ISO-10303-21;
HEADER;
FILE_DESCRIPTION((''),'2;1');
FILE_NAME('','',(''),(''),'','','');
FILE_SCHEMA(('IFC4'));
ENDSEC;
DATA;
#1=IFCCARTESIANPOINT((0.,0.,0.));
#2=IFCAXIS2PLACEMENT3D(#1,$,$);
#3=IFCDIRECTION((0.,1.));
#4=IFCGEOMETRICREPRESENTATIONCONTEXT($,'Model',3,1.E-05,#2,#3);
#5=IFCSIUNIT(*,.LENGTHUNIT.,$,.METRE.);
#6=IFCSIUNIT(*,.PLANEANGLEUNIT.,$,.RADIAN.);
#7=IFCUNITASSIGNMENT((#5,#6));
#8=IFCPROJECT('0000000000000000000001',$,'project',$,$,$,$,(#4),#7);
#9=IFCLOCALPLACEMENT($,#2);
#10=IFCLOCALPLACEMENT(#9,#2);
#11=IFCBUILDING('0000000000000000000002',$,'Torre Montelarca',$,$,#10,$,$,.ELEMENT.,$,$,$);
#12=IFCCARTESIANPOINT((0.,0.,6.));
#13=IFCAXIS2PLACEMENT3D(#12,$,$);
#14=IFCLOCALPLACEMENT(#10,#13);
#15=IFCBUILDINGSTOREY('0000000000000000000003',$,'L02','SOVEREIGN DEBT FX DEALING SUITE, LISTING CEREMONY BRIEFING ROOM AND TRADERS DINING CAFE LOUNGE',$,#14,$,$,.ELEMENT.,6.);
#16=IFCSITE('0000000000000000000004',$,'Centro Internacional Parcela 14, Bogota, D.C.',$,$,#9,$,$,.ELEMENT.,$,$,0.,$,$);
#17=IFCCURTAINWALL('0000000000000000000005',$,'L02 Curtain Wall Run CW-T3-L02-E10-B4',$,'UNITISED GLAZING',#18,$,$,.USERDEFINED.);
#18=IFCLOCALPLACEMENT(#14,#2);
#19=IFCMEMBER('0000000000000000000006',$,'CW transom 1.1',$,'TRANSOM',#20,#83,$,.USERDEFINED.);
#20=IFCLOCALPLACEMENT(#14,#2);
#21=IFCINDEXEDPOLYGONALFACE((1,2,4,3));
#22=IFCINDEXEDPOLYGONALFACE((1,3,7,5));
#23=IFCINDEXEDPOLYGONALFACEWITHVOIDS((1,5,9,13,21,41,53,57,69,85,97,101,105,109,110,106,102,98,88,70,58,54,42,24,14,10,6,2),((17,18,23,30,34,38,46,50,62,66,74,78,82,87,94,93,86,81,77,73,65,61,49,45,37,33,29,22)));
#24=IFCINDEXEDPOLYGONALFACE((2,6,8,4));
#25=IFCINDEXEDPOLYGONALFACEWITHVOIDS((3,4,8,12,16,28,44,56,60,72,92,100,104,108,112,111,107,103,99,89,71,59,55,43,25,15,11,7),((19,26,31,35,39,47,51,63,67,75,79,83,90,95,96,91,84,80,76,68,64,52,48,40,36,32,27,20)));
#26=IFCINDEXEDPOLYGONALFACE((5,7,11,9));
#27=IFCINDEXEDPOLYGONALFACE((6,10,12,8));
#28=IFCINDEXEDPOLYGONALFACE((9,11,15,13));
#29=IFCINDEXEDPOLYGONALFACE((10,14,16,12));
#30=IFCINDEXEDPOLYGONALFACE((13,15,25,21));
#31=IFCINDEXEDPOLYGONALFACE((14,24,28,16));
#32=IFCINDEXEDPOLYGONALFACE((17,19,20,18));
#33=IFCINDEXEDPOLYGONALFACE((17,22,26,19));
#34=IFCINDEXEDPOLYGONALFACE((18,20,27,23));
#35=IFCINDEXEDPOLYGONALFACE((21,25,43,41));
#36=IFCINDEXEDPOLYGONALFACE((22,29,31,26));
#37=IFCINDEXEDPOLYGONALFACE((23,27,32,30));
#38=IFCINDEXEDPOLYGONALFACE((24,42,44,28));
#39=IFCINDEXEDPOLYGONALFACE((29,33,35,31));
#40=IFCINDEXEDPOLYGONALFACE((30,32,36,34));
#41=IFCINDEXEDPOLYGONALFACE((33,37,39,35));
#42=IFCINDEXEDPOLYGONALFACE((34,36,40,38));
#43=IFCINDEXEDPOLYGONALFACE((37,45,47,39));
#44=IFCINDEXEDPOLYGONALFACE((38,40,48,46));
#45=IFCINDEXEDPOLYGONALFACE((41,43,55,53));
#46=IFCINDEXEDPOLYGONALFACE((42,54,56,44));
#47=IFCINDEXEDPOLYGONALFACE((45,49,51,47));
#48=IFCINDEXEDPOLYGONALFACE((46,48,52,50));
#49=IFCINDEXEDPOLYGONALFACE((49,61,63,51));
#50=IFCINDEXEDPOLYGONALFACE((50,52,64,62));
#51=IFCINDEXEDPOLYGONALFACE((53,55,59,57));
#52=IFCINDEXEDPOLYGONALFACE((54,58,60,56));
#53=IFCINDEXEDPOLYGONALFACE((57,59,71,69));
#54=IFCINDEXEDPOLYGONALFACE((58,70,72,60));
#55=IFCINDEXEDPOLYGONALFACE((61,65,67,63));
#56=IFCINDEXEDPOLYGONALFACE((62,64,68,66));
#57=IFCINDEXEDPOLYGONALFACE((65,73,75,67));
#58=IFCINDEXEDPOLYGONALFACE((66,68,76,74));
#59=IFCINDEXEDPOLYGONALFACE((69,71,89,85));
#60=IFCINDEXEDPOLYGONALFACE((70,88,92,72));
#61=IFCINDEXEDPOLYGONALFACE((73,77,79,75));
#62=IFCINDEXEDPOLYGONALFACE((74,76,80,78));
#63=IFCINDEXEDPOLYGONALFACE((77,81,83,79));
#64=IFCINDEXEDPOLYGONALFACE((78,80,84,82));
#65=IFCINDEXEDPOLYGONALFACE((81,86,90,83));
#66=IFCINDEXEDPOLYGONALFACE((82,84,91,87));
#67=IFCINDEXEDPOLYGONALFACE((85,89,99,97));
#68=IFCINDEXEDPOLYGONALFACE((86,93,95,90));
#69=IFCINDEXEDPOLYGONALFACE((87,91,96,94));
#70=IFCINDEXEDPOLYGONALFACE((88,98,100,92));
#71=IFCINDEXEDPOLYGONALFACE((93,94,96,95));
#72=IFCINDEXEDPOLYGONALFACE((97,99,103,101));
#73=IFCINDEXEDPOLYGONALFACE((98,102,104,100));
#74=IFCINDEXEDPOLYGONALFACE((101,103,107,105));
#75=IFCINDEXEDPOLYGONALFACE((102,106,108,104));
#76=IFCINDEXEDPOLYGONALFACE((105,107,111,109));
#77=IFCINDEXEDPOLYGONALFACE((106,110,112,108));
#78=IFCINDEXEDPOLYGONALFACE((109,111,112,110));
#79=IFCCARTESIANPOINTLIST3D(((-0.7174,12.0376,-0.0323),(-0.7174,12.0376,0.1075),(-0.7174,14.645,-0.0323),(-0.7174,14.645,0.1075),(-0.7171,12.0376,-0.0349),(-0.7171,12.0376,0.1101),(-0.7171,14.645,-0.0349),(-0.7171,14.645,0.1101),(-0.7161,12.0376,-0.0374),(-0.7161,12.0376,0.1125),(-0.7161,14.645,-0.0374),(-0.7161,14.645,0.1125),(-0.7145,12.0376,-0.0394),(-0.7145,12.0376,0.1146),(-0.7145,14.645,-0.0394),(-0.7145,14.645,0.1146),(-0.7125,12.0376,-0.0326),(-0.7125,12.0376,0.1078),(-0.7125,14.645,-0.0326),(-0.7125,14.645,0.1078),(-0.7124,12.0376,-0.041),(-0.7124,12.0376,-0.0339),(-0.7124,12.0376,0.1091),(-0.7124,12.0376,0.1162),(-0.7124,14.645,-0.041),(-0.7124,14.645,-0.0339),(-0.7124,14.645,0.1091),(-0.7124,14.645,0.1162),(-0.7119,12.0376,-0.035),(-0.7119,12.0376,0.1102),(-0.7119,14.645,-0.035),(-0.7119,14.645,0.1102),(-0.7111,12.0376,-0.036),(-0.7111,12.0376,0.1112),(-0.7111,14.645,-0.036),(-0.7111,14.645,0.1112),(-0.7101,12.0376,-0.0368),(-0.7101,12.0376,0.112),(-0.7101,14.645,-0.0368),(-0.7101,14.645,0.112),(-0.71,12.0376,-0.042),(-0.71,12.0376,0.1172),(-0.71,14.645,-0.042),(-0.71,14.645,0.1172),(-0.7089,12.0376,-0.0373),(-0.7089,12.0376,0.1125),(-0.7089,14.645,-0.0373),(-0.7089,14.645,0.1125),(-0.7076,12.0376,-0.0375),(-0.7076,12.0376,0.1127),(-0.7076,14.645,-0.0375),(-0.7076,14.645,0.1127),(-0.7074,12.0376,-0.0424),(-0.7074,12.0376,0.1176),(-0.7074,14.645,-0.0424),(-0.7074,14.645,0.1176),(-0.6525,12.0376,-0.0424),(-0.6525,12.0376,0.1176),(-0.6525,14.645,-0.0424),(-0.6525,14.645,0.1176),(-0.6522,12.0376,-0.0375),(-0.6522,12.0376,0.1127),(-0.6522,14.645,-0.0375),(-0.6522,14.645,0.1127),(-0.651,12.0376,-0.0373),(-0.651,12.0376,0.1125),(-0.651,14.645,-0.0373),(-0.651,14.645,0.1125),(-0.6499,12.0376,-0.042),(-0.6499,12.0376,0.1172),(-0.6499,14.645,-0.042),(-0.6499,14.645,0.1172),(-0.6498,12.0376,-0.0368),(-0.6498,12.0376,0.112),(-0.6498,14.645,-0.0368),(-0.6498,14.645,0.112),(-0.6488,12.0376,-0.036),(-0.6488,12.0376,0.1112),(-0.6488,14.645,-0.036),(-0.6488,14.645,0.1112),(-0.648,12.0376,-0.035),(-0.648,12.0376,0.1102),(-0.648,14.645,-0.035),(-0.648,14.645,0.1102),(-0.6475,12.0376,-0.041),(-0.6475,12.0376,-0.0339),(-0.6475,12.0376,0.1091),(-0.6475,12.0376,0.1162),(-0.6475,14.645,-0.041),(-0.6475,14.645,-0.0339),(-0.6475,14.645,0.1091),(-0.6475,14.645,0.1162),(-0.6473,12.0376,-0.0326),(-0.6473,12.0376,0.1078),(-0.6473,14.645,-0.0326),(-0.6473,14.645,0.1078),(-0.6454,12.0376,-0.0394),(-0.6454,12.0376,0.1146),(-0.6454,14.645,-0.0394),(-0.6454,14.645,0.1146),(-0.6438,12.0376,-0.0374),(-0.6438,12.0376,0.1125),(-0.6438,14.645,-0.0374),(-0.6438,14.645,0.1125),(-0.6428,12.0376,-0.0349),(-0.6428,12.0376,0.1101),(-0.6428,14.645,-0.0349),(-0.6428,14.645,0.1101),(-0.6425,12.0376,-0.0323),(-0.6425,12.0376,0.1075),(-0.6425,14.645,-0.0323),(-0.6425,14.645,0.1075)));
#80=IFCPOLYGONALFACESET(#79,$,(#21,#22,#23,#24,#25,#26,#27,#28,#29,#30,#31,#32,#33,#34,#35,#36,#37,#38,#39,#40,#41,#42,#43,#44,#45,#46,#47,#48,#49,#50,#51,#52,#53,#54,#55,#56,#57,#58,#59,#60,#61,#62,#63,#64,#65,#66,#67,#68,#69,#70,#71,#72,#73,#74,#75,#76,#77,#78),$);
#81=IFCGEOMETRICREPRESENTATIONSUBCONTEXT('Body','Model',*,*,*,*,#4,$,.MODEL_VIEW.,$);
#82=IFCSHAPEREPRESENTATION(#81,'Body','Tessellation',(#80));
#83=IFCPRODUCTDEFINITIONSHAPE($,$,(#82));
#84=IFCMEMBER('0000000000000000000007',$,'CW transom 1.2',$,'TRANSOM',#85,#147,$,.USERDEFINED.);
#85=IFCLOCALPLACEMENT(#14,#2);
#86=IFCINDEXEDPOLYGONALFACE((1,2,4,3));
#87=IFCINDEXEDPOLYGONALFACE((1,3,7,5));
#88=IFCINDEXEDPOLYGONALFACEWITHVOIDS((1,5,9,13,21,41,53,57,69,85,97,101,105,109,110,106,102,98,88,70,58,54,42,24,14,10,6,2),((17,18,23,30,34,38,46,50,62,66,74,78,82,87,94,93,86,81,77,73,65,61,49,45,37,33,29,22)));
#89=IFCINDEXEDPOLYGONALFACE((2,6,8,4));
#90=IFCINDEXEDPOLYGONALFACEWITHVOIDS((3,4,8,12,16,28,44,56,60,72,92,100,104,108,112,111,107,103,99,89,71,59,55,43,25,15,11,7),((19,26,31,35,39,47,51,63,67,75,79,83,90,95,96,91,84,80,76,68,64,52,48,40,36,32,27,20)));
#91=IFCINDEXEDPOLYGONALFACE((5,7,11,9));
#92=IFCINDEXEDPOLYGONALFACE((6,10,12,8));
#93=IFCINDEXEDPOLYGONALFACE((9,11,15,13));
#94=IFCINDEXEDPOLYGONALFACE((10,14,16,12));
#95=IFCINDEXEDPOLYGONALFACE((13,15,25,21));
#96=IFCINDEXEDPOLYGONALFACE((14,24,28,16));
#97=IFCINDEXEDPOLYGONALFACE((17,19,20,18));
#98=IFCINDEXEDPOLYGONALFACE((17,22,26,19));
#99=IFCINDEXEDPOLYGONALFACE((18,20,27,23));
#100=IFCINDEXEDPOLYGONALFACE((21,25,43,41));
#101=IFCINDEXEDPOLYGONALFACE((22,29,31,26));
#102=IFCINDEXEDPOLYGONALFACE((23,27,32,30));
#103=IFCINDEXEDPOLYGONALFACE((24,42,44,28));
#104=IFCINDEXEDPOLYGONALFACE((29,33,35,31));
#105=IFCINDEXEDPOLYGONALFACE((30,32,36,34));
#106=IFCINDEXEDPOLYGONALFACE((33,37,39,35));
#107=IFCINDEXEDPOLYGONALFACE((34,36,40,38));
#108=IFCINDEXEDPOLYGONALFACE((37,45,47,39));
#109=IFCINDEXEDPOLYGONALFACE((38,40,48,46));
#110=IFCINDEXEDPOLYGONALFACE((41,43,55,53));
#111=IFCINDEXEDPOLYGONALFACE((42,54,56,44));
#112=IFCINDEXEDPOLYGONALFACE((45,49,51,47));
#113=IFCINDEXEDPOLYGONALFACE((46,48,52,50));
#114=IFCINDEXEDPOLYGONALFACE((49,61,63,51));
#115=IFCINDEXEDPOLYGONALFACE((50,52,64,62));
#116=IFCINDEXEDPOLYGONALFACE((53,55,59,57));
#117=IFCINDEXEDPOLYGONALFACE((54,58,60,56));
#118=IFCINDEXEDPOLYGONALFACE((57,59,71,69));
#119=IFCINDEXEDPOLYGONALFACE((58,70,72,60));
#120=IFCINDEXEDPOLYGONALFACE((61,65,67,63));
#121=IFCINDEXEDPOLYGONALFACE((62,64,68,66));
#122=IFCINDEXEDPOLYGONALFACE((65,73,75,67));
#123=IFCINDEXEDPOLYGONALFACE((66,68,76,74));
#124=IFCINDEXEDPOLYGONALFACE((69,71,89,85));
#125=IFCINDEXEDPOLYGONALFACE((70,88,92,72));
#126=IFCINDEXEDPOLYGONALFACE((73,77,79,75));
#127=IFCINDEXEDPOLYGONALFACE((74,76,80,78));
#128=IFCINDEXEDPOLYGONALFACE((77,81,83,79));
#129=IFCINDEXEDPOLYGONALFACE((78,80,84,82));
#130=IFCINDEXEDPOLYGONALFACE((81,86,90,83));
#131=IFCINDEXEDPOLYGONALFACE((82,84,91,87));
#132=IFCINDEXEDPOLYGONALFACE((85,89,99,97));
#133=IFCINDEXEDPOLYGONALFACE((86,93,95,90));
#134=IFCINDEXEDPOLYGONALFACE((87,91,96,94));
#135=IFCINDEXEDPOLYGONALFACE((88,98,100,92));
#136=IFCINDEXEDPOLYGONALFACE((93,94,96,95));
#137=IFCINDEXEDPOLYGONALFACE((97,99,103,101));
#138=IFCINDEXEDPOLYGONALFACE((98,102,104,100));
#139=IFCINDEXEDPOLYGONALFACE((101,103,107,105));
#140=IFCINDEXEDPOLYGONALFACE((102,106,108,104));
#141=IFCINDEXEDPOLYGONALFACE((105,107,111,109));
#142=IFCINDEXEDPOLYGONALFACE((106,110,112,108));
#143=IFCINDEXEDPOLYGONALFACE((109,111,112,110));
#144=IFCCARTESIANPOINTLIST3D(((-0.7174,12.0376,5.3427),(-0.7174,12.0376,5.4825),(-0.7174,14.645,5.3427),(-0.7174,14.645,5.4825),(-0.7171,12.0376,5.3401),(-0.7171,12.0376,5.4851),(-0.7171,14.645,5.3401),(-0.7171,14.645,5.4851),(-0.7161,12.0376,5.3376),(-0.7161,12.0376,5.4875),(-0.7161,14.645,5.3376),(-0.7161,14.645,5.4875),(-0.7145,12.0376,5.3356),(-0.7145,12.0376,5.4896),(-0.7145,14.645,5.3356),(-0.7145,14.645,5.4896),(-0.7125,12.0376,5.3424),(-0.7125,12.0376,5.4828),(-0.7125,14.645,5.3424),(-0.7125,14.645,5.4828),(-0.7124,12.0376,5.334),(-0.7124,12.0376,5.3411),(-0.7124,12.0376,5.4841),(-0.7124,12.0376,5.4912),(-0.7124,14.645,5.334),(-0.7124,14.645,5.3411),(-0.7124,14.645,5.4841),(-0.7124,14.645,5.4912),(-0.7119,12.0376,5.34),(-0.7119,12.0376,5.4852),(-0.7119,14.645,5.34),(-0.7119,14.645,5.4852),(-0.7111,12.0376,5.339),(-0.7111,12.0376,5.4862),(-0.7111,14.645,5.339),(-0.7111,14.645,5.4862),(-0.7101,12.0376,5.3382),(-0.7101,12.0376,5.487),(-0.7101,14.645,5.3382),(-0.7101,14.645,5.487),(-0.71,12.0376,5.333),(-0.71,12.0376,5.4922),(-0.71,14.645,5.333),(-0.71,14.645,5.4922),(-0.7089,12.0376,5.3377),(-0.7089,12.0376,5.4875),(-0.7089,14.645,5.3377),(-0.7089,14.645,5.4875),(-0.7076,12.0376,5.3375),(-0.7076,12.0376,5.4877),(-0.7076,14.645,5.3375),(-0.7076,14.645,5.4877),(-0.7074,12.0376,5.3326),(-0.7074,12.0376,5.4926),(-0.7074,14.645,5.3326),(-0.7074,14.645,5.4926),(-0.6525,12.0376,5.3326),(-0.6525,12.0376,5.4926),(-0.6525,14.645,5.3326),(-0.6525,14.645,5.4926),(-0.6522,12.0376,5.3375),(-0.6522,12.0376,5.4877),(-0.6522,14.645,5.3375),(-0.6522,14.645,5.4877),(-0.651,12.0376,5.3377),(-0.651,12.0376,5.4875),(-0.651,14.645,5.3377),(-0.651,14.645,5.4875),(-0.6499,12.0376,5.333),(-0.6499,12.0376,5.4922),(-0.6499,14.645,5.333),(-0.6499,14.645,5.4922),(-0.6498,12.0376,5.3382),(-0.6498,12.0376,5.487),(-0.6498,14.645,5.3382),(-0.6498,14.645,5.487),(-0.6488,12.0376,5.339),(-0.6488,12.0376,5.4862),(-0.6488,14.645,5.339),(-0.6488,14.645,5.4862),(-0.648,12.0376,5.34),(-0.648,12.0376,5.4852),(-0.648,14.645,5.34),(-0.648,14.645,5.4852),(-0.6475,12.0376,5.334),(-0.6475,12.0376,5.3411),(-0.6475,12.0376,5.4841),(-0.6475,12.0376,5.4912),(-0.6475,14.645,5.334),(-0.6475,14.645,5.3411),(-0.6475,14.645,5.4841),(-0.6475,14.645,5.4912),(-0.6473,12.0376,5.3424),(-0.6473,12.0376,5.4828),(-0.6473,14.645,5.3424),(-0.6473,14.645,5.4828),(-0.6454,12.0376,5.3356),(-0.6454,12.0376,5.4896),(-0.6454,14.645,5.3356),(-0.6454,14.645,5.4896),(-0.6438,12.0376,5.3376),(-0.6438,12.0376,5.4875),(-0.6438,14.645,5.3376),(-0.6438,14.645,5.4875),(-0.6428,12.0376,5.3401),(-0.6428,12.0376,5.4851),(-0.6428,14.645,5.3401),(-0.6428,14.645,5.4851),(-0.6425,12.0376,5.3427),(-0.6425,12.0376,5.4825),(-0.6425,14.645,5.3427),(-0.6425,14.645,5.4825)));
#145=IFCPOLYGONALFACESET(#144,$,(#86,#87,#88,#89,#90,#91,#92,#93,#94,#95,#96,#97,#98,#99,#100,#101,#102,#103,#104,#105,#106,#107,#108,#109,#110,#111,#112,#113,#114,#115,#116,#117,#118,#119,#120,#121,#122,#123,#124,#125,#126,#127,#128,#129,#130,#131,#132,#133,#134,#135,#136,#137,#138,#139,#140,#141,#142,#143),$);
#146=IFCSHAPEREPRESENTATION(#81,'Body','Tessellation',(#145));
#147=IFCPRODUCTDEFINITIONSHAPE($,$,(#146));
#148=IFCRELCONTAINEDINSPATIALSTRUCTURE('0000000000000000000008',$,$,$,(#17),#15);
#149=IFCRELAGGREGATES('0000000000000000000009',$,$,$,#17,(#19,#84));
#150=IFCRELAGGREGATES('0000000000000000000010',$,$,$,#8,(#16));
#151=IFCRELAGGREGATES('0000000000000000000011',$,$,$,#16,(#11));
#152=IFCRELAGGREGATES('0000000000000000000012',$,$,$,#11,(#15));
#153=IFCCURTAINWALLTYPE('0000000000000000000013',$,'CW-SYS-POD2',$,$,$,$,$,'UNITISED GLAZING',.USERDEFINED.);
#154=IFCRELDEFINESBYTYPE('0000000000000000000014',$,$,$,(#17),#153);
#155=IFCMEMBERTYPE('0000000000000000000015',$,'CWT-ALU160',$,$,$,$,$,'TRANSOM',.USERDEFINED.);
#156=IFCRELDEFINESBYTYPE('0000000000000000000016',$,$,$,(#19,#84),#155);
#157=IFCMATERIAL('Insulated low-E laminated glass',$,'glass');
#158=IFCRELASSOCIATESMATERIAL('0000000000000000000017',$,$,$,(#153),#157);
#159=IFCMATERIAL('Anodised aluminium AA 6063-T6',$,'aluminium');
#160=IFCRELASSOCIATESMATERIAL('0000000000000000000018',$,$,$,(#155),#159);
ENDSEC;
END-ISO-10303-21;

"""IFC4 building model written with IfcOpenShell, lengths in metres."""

from ifc_helpers import new_model, si_unit, direction, frame, origin, origin_2d, place, context, subcontext, project, spatial, hollow_rectangle, extrude, source, transform, mapped, material, material_profile, profile_set, type_object, element, aggregate, save


model = new_model("IFC4")

# Units and contexts
model_context = context("Model", 3, precision=1e-05, world=origin(), true_north=direction((0.0, 1.0)))
body_context = subcontext(model_context, "Body", "Model", "MODEL_VIEW")
ifc_project = project(units=[si_unit("LENGTHUNIT", "METRE"), si_unit("PLANEANGLEUNIT", "RADIAN")], contexts=[model_context])

# Site, building, storey
site_placement = place(None, origin())
site = spatial("IfcSite", under=ifc_project, at=site_placement, Name="Centro Internacional Parcela 14, Bogota, D.C.", CompositionType="ELEMENT", RefElevation=0.0)
building_placement = place(site_placement, origin())
building = spatial("IfcBuilding", under=site, at=building_placement, Name="Torre Montelarca", CompositionType="ELEMENT")
storey_placement = place(building_placement, frame((0.0, 0.0, 6.0)))
storey = spatial("IfcBuildingStorey", under=building, at=storey_placement, Name="L02", Description="SOVEREIGN DEBT FX DEALING SUITE, LISTING CEREMONY BRIEFING ROOM AND TRADERS DINING CAFE LOUNGE", CompositionType="ELEMENT", Elevation=6.0)

# Curtain wall, members
ifc_material_1 = material(Name="Insulated low-E laminated glass", Category="glass")
curtain_wall_type = type_object("IfcCurtainWallType", Name="CW-SYS-POD2", ElementType="UNITISED GLAZING", PredefinedType="USERDEFINED", material=ifc_material_1)
curtain_wall_placement = place(storey_placement, origin())
curtain_wall = element("IfcCurtainWall", 1, at=curtain_wall_placement, inside=storey, type_object=curtain_wall_type, Name="L02 Curtain Wall Run CW-T3-L02-E10-B4", ObjectType="UNITISED GLAZING", PredefinedType="USERDEFINED")
ifc_material_2 = material(Name="Anodised aluminium AA 6063-T6", Category="aluminium")
ifc_material_profile_1 = material_profile(ifc_material_2, hollow_rectangle(XDim=0.075, YDim=0.1599, WallThickness=0.0049, InnerFilletRadius=0.0049, OuterFilletRadius=0.01, at=origin_2d()), Name="ALU75X160X5", Category="aluminium")
ifc_profile_set_1 = profile_set([ifc_material_profile_1], Name="Anodised aluminium AA 6063-T6")
member_type_1 = type_object("IfcMemberType", Name="CWT-ALU160", ElementType="TRANSOM", PredefinedType="USERDEFINED", material=ifc_profile_set_1)
shared_shape_1 = source(origin(), body_context, "Body", "SweptSolid", [
    extrude(hollow_rectangle(XDim=0.075, YDim=0.1599, WallThickness=0.0049, InnerFilletRadius=0.0049, OuterFilletRadius=0.01, at=origin_2d()), origin(), (0.0, 0.0, 1.0), 2.6074),
])
member_1_placement = place(storey_placement, frame((-0.6799, 14.645, 0.0376), z_axis=(0.0, -1.0, 0.0), x_axis=(1.0, 0.0, 0.0)))
member_1 = element("IfcMember", 2, at=member_1_placement, type_object=member_type_1, Name="CW transom 1.1", ObjectType="TRANSOM", PredefinedType="USERDEFINED", context=body_context, shape_type="MappedRepresentation", body=[
    mapped(shared_shape_1, transform((0.0, 0.0, 0.0), scale=1.0)),
])
member_2_placement = place(storey_placement, frame((-0.6799, 14.645, 5.4126), z_axis=(0.0, -1.0, 0.0), x_axis=(1.0, 0.0, 0.0)))
member_2 = element("IfcMember", 3, at=member_2_placement, type_object=member_type_1, Name="CW transom 1.2", ObjectType="TRANSOM", PredefinedType="USERDEFINED", context=body_context, shape_type="MappedRepresentation", body=[
    mapped(shared_shape_1, transform((0.0, 0.0, 0.0), scale=1.0)),
])

aggregate(curtain_wall, [member_1, member_2])

save(model, "model.ifc")
